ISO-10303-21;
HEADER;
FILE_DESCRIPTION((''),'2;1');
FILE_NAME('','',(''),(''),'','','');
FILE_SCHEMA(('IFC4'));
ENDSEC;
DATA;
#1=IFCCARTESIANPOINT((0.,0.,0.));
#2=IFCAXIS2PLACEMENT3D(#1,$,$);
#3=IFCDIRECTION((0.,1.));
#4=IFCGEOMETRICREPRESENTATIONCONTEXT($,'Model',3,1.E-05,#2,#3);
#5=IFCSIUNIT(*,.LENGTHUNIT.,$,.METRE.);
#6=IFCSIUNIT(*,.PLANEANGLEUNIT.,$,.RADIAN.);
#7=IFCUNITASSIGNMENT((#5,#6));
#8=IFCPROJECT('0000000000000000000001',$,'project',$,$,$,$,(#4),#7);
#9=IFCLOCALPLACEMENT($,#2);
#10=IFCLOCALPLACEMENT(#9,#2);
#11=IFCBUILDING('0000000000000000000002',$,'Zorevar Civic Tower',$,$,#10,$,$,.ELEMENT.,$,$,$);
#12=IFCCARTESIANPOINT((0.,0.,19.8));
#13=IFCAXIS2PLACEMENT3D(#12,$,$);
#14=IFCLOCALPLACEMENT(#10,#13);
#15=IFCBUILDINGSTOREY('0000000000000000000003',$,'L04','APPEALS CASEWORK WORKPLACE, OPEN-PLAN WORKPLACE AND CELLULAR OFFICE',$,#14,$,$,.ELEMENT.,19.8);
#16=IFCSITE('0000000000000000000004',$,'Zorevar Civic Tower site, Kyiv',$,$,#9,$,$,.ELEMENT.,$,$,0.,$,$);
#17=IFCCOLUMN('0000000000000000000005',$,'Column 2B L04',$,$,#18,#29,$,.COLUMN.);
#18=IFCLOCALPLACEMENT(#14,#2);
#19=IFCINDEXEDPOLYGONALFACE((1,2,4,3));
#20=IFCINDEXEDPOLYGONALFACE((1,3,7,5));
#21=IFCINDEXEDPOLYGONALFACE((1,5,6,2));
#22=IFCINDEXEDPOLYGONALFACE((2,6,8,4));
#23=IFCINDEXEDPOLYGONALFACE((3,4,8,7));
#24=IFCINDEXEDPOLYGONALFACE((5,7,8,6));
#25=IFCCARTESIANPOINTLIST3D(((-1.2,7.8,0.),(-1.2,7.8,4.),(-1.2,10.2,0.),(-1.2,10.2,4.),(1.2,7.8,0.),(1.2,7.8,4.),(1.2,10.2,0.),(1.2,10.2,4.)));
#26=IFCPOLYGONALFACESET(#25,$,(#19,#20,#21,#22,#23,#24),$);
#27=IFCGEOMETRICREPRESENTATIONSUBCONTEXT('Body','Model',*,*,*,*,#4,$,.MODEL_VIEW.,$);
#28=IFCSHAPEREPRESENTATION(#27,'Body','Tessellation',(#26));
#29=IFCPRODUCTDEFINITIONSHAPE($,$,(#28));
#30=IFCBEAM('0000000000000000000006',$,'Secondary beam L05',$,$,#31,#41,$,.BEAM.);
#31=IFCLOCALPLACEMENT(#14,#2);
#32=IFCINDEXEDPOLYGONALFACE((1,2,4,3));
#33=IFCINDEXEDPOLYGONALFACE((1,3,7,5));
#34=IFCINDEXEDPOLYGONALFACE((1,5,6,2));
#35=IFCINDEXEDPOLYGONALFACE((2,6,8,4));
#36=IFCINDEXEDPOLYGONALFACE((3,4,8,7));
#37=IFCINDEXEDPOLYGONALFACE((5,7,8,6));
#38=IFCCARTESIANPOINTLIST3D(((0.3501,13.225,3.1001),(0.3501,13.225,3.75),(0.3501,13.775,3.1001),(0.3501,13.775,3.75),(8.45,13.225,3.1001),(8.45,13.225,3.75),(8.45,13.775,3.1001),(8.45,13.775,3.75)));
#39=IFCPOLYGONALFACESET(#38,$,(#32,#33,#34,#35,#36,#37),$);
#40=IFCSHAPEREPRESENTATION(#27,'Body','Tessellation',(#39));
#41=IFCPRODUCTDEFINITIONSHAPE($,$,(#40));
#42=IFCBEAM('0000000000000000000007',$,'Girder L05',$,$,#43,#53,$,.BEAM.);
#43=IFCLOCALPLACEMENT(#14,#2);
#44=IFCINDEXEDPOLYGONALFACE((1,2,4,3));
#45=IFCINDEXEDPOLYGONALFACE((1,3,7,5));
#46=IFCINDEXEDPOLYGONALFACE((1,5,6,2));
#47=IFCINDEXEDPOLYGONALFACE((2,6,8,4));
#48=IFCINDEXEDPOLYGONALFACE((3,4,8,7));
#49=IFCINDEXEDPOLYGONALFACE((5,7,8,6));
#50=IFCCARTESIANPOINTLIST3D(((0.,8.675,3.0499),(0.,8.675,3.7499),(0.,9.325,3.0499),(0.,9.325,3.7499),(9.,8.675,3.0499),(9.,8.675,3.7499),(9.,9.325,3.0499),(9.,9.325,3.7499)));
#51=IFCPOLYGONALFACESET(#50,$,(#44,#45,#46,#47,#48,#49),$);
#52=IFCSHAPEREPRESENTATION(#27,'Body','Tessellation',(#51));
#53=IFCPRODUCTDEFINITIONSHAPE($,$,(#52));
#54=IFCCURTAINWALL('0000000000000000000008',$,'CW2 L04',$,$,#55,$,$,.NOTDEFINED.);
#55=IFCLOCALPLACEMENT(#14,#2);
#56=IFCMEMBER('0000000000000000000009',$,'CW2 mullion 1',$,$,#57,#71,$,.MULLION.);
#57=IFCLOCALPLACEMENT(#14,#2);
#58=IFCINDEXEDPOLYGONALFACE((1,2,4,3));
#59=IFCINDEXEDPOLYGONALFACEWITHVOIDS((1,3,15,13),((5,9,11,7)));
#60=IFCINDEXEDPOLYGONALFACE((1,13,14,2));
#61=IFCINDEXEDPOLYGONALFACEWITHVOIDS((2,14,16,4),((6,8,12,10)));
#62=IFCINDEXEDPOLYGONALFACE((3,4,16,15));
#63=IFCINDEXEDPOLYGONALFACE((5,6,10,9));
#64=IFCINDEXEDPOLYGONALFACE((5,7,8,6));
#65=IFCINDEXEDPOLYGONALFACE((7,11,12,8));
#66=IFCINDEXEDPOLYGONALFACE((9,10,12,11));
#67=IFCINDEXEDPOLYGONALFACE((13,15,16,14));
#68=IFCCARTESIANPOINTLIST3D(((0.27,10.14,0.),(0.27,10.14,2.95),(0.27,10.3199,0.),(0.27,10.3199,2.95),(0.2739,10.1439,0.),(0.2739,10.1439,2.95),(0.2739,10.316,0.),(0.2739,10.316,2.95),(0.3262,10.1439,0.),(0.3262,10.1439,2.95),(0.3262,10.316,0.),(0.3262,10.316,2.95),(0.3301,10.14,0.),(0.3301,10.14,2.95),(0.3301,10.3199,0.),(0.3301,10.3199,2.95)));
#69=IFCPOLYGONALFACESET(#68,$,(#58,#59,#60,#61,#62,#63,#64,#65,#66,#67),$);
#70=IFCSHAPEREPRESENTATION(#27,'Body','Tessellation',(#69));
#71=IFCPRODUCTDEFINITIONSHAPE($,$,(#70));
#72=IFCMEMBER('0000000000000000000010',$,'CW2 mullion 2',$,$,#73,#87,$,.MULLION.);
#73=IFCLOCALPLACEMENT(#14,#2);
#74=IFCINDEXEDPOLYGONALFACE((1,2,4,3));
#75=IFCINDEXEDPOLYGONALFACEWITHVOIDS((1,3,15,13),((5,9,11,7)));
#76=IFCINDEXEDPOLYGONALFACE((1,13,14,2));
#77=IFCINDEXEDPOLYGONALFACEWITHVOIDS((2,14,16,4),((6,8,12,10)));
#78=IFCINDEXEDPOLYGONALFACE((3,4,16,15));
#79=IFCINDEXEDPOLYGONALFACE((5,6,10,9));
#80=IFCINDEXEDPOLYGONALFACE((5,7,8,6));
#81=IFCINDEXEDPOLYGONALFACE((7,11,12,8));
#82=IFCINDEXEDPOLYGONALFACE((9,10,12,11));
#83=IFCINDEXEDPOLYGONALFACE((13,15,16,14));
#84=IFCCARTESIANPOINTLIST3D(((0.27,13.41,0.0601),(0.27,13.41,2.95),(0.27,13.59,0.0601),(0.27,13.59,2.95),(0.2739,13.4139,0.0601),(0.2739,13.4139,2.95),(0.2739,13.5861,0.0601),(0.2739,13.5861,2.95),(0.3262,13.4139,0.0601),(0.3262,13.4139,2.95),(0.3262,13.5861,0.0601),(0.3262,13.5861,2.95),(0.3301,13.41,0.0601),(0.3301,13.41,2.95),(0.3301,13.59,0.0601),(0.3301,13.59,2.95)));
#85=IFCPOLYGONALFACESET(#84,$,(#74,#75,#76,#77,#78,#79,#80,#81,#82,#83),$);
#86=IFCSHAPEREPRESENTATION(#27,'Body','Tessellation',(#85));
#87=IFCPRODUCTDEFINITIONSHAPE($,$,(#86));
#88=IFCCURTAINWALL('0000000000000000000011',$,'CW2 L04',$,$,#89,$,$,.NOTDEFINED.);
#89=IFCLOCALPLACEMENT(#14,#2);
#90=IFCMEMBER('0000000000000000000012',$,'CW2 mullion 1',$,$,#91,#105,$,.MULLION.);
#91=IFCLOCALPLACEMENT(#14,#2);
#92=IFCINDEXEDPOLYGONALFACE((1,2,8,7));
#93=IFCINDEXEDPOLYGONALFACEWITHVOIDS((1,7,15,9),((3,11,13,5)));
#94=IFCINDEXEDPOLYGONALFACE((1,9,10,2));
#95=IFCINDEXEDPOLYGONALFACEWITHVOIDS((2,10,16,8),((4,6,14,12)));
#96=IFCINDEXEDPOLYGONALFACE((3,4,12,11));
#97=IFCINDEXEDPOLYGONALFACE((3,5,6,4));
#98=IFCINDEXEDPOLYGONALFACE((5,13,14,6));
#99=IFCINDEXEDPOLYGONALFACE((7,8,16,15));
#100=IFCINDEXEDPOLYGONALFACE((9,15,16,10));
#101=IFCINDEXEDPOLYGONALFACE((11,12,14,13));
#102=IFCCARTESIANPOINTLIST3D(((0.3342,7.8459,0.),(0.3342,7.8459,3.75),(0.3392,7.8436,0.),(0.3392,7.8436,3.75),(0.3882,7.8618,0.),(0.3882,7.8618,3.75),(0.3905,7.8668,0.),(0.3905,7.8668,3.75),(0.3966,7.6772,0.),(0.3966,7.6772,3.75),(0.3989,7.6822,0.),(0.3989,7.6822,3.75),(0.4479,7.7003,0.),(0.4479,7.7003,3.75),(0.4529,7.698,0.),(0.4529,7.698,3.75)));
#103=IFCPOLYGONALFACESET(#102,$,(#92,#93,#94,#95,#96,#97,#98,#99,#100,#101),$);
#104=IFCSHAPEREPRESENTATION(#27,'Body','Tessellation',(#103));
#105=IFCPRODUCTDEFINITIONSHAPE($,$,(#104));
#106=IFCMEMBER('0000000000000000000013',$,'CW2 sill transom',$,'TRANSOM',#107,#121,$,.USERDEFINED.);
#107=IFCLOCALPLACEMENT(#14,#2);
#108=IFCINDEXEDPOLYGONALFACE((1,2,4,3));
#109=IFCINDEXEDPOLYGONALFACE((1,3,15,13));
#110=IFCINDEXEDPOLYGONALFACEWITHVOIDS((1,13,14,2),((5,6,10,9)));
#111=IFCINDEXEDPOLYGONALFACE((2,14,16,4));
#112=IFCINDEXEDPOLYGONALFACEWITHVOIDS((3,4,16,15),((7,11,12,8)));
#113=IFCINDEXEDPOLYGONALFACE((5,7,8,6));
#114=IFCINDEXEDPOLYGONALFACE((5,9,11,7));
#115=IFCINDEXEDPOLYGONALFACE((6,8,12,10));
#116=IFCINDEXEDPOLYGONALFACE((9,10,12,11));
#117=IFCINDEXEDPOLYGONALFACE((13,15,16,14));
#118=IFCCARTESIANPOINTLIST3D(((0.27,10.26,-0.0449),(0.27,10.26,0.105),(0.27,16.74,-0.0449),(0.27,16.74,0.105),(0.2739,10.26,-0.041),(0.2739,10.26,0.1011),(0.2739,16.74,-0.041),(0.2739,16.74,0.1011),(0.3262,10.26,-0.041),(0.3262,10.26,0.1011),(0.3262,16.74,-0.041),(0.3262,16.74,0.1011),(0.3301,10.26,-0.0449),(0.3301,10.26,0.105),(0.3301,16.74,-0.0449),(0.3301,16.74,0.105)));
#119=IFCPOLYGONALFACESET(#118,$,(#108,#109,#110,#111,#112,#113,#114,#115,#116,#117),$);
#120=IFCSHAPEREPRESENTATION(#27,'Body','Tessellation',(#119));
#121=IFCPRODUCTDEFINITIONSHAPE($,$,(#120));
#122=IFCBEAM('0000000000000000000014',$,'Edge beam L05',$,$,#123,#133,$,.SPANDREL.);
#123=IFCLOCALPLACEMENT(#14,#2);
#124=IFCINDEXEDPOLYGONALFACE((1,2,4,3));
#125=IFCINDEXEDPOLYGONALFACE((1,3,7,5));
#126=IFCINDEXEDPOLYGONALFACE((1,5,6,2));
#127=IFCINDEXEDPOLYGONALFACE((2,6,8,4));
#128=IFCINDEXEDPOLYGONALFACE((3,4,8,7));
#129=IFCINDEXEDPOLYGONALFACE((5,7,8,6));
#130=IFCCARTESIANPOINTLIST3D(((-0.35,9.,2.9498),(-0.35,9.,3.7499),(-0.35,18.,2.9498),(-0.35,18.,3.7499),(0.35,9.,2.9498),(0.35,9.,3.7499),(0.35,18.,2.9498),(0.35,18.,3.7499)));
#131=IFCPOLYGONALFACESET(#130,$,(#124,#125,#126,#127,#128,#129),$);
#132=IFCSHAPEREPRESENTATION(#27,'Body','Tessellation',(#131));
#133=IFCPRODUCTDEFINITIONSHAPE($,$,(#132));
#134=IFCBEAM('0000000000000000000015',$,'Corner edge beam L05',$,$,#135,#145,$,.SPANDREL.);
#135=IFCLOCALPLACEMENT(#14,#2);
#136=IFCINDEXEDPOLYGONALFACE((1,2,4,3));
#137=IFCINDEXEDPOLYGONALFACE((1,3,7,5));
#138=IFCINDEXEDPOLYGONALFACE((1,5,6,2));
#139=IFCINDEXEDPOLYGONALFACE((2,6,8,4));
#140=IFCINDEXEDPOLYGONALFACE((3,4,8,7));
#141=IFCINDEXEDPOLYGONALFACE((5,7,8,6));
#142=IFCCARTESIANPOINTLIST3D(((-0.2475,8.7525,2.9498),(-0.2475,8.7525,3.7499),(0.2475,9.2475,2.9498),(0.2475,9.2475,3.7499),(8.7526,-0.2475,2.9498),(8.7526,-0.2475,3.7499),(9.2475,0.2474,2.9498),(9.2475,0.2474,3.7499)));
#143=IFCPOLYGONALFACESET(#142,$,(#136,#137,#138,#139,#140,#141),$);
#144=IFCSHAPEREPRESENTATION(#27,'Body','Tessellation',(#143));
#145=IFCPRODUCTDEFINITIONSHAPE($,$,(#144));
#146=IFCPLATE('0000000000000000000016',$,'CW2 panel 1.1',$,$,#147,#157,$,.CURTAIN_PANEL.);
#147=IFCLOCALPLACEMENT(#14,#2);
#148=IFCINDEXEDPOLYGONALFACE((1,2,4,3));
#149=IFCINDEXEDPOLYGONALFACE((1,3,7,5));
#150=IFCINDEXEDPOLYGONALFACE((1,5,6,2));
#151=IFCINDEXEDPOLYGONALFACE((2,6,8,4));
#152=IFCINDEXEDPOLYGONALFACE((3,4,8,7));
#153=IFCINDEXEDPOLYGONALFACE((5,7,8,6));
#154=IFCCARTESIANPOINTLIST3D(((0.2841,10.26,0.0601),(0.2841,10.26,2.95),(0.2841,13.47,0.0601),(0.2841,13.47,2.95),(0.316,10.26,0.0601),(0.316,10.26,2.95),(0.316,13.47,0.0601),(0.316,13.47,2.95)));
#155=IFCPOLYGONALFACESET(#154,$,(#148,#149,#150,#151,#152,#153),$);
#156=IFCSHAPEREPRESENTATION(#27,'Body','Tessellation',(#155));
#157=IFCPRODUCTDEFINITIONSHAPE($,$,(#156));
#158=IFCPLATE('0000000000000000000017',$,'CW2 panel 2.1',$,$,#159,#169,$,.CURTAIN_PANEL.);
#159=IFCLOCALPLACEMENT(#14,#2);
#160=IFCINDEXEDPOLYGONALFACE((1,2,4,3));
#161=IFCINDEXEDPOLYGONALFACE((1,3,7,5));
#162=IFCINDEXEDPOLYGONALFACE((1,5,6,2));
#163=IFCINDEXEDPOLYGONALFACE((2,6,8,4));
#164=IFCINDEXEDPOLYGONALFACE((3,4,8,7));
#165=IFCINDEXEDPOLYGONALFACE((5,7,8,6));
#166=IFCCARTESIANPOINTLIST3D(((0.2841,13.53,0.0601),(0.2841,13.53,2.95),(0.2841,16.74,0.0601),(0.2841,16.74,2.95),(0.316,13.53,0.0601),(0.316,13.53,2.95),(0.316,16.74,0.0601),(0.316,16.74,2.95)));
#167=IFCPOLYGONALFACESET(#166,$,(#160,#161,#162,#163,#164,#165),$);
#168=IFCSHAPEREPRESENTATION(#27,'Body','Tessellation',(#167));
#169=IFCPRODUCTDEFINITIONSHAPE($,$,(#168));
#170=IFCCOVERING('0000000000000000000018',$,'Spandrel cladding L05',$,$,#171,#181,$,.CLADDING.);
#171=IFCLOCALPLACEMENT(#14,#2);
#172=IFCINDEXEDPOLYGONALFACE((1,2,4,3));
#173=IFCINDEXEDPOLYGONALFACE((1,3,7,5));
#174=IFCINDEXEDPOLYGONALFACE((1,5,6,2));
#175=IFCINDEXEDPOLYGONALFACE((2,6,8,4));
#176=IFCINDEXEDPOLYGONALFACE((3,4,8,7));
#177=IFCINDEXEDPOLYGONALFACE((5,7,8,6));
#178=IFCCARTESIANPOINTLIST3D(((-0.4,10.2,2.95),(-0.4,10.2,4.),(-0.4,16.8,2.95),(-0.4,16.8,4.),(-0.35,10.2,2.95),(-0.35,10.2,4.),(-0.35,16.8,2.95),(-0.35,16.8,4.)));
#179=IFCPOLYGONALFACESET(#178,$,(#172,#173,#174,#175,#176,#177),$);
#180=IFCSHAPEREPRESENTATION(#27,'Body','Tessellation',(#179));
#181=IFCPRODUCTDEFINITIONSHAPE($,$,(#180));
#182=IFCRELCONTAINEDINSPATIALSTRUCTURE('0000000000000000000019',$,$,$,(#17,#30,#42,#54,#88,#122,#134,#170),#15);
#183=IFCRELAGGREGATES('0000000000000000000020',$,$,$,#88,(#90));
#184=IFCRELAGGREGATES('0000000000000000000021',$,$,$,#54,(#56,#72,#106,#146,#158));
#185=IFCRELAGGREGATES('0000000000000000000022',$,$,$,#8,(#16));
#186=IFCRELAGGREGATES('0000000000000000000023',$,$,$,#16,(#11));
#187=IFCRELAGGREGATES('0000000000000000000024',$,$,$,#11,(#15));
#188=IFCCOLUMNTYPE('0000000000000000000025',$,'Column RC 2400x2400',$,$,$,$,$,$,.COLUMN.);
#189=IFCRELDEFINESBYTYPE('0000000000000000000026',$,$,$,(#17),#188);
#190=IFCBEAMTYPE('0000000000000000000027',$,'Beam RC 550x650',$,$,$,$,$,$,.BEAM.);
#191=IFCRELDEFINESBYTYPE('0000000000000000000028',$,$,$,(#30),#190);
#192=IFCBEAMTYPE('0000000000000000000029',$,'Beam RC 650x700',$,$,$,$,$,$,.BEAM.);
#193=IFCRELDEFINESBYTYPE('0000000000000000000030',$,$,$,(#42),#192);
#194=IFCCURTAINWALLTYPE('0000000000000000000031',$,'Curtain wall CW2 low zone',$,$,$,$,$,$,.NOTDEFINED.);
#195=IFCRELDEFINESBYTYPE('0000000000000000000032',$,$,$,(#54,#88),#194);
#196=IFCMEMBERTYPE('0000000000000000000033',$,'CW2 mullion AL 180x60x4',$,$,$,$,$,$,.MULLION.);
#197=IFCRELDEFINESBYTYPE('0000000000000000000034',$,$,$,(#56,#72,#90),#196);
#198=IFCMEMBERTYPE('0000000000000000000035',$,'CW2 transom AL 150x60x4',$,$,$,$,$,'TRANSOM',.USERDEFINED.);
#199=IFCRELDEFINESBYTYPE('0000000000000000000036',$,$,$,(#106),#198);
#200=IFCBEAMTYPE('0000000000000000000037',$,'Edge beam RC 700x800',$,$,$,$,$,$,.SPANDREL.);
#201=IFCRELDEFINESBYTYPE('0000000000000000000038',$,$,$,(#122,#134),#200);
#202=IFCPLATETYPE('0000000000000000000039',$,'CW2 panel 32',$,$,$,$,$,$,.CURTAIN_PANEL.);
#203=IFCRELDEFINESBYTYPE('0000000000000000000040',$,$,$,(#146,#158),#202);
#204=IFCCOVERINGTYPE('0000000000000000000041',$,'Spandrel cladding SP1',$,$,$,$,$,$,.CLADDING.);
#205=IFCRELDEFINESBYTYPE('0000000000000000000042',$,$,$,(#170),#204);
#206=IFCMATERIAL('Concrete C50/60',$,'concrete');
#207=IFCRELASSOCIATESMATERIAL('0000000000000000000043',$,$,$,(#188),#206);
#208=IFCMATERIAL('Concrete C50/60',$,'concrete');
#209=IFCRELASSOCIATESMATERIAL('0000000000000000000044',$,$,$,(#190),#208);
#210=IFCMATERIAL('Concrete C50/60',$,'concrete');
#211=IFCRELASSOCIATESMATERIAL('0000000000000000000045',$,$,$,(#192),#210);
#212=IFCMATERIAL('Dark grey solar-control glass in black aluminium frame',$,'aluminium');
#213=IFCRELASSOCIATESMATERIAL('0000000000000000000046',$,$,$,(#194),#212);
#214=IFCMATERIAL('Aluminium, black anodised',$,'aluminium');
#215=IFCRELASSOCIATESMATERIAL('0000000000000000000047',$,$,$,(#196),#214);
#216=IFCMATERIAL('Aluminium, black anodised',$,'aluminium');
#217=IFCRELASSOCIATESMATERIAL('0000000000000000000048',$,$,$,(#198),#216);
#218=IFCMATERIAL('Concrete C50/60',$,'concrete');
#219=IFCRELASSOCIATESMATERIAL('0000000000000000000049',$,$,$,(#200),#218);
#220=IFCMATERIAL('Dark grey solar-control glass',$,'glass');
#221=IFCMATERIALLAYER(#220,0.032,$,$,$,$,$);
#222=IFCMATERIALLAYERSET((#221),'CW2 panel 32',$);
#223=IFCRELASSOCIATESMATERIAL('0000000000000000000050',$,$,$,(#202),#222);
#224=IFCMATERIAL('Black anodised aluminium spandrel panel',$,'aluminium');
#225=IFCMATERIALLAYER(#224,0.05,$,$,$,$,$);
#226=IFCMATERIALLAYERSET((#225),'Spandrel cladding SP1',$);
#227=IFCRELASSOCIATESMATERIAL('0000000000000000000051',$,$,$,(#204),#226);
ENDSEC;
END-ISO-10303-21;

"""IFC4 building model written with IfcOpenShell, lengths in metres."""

from ifc_helpers import new_model, si_unit, direction, frame, frame_2d, origin, origin_2d, place, context, subcontext, project, spatial, rectangle, hollow_rectangle, extrude, material, layer, layer_set, material_profile, profile_set, type_object, element, aggregate, save


model = new_model("IFC4")

# Units and contexts
model_context = context("Model", 3, precision=1e-05, world=origin(), true_north=direction((0.0, 1.0)))
body_context = subcontext(model_context, "Body", "Model", "MODEL_VIEW")
ifc_project = project(units=[si_unit("LENGTHUNIT", "METRE"), si_unit("PLANEANGLEUNIT", "RADIAN")], contexts=[model_context])

# Site, building, storey
site_placement = place(None, origin())
site = spatial("IfcSite", under=ifc_project, at=site_placement, Name="Zorevar Civic Tower site, Kyiv", CompositionType="ELEMENT", RefElevation=0.0)
building_placement = place(site_placement, origin())
building = spatial("IfcBuilding", under=site, at=building_placement, Name="Zorevar Civic Tower", CompositionType="ELEMENT")
storey_placement = place(building_placement, frame((0.0, 0.0, 19.8)))
storey = spatial("IfcBuildingStorey", under=building, at=storey_placement, Name="L04", Description="APPEALS CASEWORK WORKPLACE, OPEN-PLAN WORKPLACE AND CELLULAR OFFICE", CompositionType="ELEMENT", Elevation=19.8)

# Column
ifc_material_1 = material(Name="Concrete C50/60", Category="concrete")
ifc_material_profile_1 = material_profile(ifc_material_1, rectangle(XDim=2.3999, YDim=2.3999, at=origin_2d()), Name="RC 2400x2400")
ifc_profile_set_1 = profile_set([ifc_material_profile_1], Name="Concrete C50/60")
column_type = type_object("IfcColumnType", Name="Column RC 2400x2400", PredefinedType="COLUMN", material=ifc_profile_set_1)
column_placement = place(storey_placement, frame((0.0, 9.0, 0.0), z_axis=(0.0, 0.0, 1.0), x_axis=(1.0, 0.0, 0.0)))
element("IfcColumn", 1, at=column_placement, inside=storey, type_object=column_type, Name="Column 2B L04", PredefinedType="COLUMN", context=body_context, shape_type="SweptSolid", body=[
    extrude(rectangle(XDim=2.3999, YDim=2.3999, at=origin_2d()), origin(), (0.0, 0.0, 1.0), 4.0),
])

# Beams
ifc_material_2 = material(Name="Concrete C50/60", Category="concrete")
ifc_material_profile_2 = material_profile(ifc_material_2, rectangle(XDim=0.55, YDim=0.6499, at=origin_2d()), Name="RC 550x650")
ifc_profile_set_2 = profile_set([ifc_material_profile_2], Name="Concrete C50/60")
beam_type_1 = type_object("IfcBeamType", Name="Beam RC 550x650", PredefinedType="BEAM", material=ifc_profile_set_2)
beam_1_placement = place(storey_placement, frame((0.3501, 13.5, 3.425), z_axis=(1.0, 0.0, 0.0), x_axis=(0.0, 1.0, 0.0)))
element("IfcBeam", 2, at=beam_1_placement, inside=storey, type_object=beam_type_1, Name="Secondary beam L05", PredefinedType="BEAM", context=body_context, shape_type="SweptSolid", body=[
    extrude(rectangle(XDim=0.55, YDim=0.6499, at=origin_2d()), origin(), (0.0, 0.0, 1.0), 8.0999),
])
ifc_material_3 = material(Name="Concrete C50/60", Category="concrete")
ifc_material_profile_3 = material_profile(ifc_material_3, rectangle(XDim=0.6499, YDim=0.7, at=origin_2d()), Name="RC 650x700")
ifc_profile_set_3 = profile_set([ifc_material_profile_3], Name="Concrete C50/60")
beam_type_2 = type_object("IfcBeamType", Name="Beam RC 650x700", PredefinedType="BEAM", material=ifc_profile_set_3)
beam_2_placement = place(storey_placement, frame((0.0, 9.0, 3.3999), z_axis=(1.0, 0.0, 0.0), x_axis=(0.0, 1.0, 0.0)))
element("IfcBeam", 3, at=beam_2_placement, inside=storey, type_object=beam_type_2, Name="Girder L05", PredefinedType="BEAM", context=body_context, shape_type="SweptSolid", body=[
    extrude(rectangle(XDim=0.6499, YDim=0.7, at=origin_2d()), origin(), (0.0, 0.0, 1.0), 9.0),
])

# Curtain wall, members
ifc_material_4 = material(Name="Dark grey solar-control glass in black aluminium frame", Category="aluminium")
curtain_wall_type = type_object("IfcCurtainWallType", Name="Curtain wall CW2 low zone", PredefinedType="NOTDEFINED", material=ifc_material_4)
curtain_wall_1_placement = place(storey_placement, origin())
curtain_wall_1 = element("IfcCurtainWall", 4, at=curtain_wall_1_placement, inside=storey, type_object=curtain_wall_type, Name="CW2 L04", PredefinedType="NOTDEFINED")
ifc_material_5 = material(Name="Aluminium, black anodised", Category="aluminium")
ifc_material_profile_4 = material_profile(ifc_material_5, hollow_rectangle(XDim=0.0601, YDim=0.1799, WallThickness=0.0039, at=origin_2d()), Name="AL 180x60x4")
ifc_profile_set_4 = profile_set([ifc_material_profile_4], Name="Aluminium, black anodised")
member_type_1 = type_object("IfcMemberType", Name="CW2 mullion AL 180x60x4", PredefinedType="MULLION", material=ifc_profile_set_4)
member_1_placement = place(storey_placement, frame((0.3, 10.23, 0.0), z_axis=(0.0, 0.0, 1.0), x_axis=(-1.0, 0.0, 0.0)))
member_1 = element("IfcMember", 5, at=member_1_placement, type_object=member_type_1, Name="CW2 mullion 1", PredefinedType="MULLION", context=body_context, shape_type="SweptSolid", body=[
    extrude(hollow_rectangle(XDim=0.0601, YDim=0.1799, WallThickness=0.0039, at=origin_2d()), origin(), (0.0, 0.0, 1.0), 2.95),
])
member_2_placement = place(storey_placement, frame((0.3, 13.5, 0.0601), z_axis=(0.0, 0.0, 1.0), x_axis=(-1.0, 0.0, 0.0)))
member_2 = element("IfcMember", 6, at=member_2_placement, type_object=member_type_1, Name="CW2 mullion 2", PredefinedType="MULLION", context=body_context, shape_type="SweptSolid", body=[
    extrude(hollow_rectangle(XDim=0.0601, YDim=0.1799, WallThickness=0.0039, at=origin_2d()), origin(), (0.0, 0.0, 1.0), 2.8899),
])

# Curtain wall, member
curtain_wall_2_placement = place(storey_placement, origin())
curtain_wall_2 = element("IfcCurtainWall", 7, at=curtain_wall_2_placement, inside=storey, type_object=curtain_wall_type, Name="CW2 L04", PredefinedType="NOTDEFINED")
member_3_placement = place(storey_placement, frame((0.3936, 7.772, 0.0), z_axis=(0.0, 0.0, 1.0), x_axis=(0.937975, 0.346704, 0.0)))
member_3 = element("IfcMember", 8, at=member_3_placement, type_object=member_type_1, Name="CW2 mullion 1", PredefinedType="MULLION", context=body_context, shape_type="SweptSolid", body=[
    extrude(hollow_rectangle(XDim=0.0601, YDim=0.1799, WallThickness=0.0039, at=origin_2d()), origin(), (0.0, 0.0, 1.0), 3.75),
])
aggregate(curtain_wall_2, [member_3])

# Member
ifc_material_6 = material(Name="Aluminium, black anodised", Category="aluminium")
ifc_material_profile_5 = material_profile(ifc_material_6, hollow_rectangle(XDim=0.0601, YDim=0.1499, WallThickness=0.0039, at=origin_2d()), Name="AL 150x60x4")
ifc_profile_set_5 = profile_set([ifc_material_profile_5], Name="Aluminium, black anodised")
member_type_2 = type_object("IfcMemberType", Name="CW2 transom AL 150x60x4", ElementType="TRANSOM", PredefinedType="USERDEFINED", material=ifc_profile_set_5)
member_4_placement = place(storey_placement, frame((0.3, 10.26, 0.03), z_axis=(0.0, 1.0, 0.0), x_axis=(-1.0, 0.0, 0.0)))
member_4 = element("IfcMember", 9, at=member_4_placement, type_object=member_type_2, Name="CW2 sill transom", ObjectType="TRANSOM", PredefinedType="USERDEFINED", context=body_context, shape_type="SweptSolid", body=[
    extrude(hollow_rectangle(XDim=0.0601, YDim=0.1499, WallThickness=0.0039, at=origin_2d()), origin(), (0.0, 0.0, 1.0), 6.48),
])

# Beams
ifc_material_7 = material(Name="Concrete C50/60", Category="concrete")
ifc_material_profile_6 = material_profile(ifc_material_7, rectangle(XDim=0.7, YDim=0.8, at=origin_2d()), Name="RC 700x800")
ifc_profile_set_6 = profile_set([ifc_material_profile_6], Name="Concrete C50/60")
beam_type_3 = type_object("IfcBeamType", Name="Edge beam RC 700x800", PredefinedType="SPANDREL", material=ifc_profile_set_6)
beam_3_placement = place(storey_placement, frame((0.0, 9.0, 3.3499), z_axis=(0.0, 1.0, 0.0), x_axis=(-1.0, 0.0, 0.0)))
element("IfcBeam", 10, at=beam_3_placement, inside=storey, type_object=beam_type_3, Name="Edge beam L05", PredefinedType="SPANDREL", context=body_context, shape_type="SweptSolid", body=[
    extrude(rectangle(XDim=0.7, YDim=0.8, at=origin_2d()), origin(), (0.0, 0.0, 1.0), 9.0),
])
beam_4_placement = place(storey_placement, frame((0.0, 9.0, 3.3499), z_axis=(0.707107, -0.707107, 0.0), x_axis=(0.707107, 0.707107, 0.0)))
element("IfcBeam", 11, at=beam_4_placement, inside=storey, type_object=beam_type_3, Name="Corner edge beam L05", PredefinedType="SPANDREL", context=body_context, shape_type="SweptSolid", body=[
    extrude(rectangle(XDim=0.7, YDim=0.8, at=origin_2d()), origin(), (0.0, 0.0, 1.0), 12.728),
])

# Plates
ifc_material_8 = material(Name="Dark grey solar-control glass", Category="glass")
ifc_layer_1 = layer(ifc_material_8, 0.032)
ifc_layer_set_1 = layer_set([ifc_layer_1], Name="CW2 panel 32")
plate_type = type_object("IfcPlateType", Name="CW2 panel 32", PredefinedType="CURTAIN_PANEL", material=ifc_layer_set_1)
plate_1_placement = place(storey_placement, frame((0.3, 11.865, 0.0601), z_axis=(0.0, 0.0, 1.0), x_axis=(0.0, 1.0, 0.0)))
plate_1 = element("IfcPlate", 12, at=plate_1_placement, type_object=plate_type, Name="CW2 panel 1.1", PredefinedType="CURTAIN_PANEL", context=body_context, shape_type="SweptSolid", body=[
    extrude(rectangle(XDim=3.21, YDim=0.032, at=origin_2d()), origin(), (0.0, 0.0, 1.0), 2.8899),
])
plate_2_placement = place(storey_placement, frame((0.3, 15.135, 0.0601), z_axis=(0.0, 0.0, 1.0), x_axis=(0.0, 1.0, 0.0)))
plate_2 = element("IfcPlate", 13, at=plate_2_placement, type_object=plate_type, Name="CW2 panel 2.1", PredefinedType="CURTAIN_PANEL", context=body_context, shape_type="SweptSolid", body=[
    extrude(rectangle(XDim=3.21, YDim=0.032, at=origin_2d()), origin(), (0.0, 0.0, 1.0), 2.8899),
])
aggregate(curtain_wall_1, [member_1, member_2, member_4, plate_1, plate_2])

# Covering
ifc_material_9 = material(Name="Black anodised aluminium spandrel panel", Category="aluminium")
ifc_layer_2 = layer(ifc_material_9, 0.05)
ifc_layer_set_2 = layer_set([ifc_layer_2], Name="Spandrel cladding SP1")
covering_type_1 = type_object("IfcCoveringType", Name="Spandrel cladding SP1", PredefinedType="CLADDING", material=ifc_layer_set_2)
covering_1_placement = place(storey_placement, frame((-0.375, 10.2, 2.95), z_axis=(0.0, 0.0, 1.0), x_axis=(0.0, 1.0, 0.0)))
element("IfcCovering", 14, at=covering_1_placement, inside=storey, type_object=covering_type_1, Name="Spandrel cladding L05", PredefinedType="CLADDING", context=body_context, shape_type="SweptSolid", body=[
    extrude(rectangle(XDim=6.6001, YDim=0.05, at=frame_2d((3.3, 0.0))), origin(), (0.0, 0.0, 1.0), 1.05),
])

save(model, "model.ifc")
